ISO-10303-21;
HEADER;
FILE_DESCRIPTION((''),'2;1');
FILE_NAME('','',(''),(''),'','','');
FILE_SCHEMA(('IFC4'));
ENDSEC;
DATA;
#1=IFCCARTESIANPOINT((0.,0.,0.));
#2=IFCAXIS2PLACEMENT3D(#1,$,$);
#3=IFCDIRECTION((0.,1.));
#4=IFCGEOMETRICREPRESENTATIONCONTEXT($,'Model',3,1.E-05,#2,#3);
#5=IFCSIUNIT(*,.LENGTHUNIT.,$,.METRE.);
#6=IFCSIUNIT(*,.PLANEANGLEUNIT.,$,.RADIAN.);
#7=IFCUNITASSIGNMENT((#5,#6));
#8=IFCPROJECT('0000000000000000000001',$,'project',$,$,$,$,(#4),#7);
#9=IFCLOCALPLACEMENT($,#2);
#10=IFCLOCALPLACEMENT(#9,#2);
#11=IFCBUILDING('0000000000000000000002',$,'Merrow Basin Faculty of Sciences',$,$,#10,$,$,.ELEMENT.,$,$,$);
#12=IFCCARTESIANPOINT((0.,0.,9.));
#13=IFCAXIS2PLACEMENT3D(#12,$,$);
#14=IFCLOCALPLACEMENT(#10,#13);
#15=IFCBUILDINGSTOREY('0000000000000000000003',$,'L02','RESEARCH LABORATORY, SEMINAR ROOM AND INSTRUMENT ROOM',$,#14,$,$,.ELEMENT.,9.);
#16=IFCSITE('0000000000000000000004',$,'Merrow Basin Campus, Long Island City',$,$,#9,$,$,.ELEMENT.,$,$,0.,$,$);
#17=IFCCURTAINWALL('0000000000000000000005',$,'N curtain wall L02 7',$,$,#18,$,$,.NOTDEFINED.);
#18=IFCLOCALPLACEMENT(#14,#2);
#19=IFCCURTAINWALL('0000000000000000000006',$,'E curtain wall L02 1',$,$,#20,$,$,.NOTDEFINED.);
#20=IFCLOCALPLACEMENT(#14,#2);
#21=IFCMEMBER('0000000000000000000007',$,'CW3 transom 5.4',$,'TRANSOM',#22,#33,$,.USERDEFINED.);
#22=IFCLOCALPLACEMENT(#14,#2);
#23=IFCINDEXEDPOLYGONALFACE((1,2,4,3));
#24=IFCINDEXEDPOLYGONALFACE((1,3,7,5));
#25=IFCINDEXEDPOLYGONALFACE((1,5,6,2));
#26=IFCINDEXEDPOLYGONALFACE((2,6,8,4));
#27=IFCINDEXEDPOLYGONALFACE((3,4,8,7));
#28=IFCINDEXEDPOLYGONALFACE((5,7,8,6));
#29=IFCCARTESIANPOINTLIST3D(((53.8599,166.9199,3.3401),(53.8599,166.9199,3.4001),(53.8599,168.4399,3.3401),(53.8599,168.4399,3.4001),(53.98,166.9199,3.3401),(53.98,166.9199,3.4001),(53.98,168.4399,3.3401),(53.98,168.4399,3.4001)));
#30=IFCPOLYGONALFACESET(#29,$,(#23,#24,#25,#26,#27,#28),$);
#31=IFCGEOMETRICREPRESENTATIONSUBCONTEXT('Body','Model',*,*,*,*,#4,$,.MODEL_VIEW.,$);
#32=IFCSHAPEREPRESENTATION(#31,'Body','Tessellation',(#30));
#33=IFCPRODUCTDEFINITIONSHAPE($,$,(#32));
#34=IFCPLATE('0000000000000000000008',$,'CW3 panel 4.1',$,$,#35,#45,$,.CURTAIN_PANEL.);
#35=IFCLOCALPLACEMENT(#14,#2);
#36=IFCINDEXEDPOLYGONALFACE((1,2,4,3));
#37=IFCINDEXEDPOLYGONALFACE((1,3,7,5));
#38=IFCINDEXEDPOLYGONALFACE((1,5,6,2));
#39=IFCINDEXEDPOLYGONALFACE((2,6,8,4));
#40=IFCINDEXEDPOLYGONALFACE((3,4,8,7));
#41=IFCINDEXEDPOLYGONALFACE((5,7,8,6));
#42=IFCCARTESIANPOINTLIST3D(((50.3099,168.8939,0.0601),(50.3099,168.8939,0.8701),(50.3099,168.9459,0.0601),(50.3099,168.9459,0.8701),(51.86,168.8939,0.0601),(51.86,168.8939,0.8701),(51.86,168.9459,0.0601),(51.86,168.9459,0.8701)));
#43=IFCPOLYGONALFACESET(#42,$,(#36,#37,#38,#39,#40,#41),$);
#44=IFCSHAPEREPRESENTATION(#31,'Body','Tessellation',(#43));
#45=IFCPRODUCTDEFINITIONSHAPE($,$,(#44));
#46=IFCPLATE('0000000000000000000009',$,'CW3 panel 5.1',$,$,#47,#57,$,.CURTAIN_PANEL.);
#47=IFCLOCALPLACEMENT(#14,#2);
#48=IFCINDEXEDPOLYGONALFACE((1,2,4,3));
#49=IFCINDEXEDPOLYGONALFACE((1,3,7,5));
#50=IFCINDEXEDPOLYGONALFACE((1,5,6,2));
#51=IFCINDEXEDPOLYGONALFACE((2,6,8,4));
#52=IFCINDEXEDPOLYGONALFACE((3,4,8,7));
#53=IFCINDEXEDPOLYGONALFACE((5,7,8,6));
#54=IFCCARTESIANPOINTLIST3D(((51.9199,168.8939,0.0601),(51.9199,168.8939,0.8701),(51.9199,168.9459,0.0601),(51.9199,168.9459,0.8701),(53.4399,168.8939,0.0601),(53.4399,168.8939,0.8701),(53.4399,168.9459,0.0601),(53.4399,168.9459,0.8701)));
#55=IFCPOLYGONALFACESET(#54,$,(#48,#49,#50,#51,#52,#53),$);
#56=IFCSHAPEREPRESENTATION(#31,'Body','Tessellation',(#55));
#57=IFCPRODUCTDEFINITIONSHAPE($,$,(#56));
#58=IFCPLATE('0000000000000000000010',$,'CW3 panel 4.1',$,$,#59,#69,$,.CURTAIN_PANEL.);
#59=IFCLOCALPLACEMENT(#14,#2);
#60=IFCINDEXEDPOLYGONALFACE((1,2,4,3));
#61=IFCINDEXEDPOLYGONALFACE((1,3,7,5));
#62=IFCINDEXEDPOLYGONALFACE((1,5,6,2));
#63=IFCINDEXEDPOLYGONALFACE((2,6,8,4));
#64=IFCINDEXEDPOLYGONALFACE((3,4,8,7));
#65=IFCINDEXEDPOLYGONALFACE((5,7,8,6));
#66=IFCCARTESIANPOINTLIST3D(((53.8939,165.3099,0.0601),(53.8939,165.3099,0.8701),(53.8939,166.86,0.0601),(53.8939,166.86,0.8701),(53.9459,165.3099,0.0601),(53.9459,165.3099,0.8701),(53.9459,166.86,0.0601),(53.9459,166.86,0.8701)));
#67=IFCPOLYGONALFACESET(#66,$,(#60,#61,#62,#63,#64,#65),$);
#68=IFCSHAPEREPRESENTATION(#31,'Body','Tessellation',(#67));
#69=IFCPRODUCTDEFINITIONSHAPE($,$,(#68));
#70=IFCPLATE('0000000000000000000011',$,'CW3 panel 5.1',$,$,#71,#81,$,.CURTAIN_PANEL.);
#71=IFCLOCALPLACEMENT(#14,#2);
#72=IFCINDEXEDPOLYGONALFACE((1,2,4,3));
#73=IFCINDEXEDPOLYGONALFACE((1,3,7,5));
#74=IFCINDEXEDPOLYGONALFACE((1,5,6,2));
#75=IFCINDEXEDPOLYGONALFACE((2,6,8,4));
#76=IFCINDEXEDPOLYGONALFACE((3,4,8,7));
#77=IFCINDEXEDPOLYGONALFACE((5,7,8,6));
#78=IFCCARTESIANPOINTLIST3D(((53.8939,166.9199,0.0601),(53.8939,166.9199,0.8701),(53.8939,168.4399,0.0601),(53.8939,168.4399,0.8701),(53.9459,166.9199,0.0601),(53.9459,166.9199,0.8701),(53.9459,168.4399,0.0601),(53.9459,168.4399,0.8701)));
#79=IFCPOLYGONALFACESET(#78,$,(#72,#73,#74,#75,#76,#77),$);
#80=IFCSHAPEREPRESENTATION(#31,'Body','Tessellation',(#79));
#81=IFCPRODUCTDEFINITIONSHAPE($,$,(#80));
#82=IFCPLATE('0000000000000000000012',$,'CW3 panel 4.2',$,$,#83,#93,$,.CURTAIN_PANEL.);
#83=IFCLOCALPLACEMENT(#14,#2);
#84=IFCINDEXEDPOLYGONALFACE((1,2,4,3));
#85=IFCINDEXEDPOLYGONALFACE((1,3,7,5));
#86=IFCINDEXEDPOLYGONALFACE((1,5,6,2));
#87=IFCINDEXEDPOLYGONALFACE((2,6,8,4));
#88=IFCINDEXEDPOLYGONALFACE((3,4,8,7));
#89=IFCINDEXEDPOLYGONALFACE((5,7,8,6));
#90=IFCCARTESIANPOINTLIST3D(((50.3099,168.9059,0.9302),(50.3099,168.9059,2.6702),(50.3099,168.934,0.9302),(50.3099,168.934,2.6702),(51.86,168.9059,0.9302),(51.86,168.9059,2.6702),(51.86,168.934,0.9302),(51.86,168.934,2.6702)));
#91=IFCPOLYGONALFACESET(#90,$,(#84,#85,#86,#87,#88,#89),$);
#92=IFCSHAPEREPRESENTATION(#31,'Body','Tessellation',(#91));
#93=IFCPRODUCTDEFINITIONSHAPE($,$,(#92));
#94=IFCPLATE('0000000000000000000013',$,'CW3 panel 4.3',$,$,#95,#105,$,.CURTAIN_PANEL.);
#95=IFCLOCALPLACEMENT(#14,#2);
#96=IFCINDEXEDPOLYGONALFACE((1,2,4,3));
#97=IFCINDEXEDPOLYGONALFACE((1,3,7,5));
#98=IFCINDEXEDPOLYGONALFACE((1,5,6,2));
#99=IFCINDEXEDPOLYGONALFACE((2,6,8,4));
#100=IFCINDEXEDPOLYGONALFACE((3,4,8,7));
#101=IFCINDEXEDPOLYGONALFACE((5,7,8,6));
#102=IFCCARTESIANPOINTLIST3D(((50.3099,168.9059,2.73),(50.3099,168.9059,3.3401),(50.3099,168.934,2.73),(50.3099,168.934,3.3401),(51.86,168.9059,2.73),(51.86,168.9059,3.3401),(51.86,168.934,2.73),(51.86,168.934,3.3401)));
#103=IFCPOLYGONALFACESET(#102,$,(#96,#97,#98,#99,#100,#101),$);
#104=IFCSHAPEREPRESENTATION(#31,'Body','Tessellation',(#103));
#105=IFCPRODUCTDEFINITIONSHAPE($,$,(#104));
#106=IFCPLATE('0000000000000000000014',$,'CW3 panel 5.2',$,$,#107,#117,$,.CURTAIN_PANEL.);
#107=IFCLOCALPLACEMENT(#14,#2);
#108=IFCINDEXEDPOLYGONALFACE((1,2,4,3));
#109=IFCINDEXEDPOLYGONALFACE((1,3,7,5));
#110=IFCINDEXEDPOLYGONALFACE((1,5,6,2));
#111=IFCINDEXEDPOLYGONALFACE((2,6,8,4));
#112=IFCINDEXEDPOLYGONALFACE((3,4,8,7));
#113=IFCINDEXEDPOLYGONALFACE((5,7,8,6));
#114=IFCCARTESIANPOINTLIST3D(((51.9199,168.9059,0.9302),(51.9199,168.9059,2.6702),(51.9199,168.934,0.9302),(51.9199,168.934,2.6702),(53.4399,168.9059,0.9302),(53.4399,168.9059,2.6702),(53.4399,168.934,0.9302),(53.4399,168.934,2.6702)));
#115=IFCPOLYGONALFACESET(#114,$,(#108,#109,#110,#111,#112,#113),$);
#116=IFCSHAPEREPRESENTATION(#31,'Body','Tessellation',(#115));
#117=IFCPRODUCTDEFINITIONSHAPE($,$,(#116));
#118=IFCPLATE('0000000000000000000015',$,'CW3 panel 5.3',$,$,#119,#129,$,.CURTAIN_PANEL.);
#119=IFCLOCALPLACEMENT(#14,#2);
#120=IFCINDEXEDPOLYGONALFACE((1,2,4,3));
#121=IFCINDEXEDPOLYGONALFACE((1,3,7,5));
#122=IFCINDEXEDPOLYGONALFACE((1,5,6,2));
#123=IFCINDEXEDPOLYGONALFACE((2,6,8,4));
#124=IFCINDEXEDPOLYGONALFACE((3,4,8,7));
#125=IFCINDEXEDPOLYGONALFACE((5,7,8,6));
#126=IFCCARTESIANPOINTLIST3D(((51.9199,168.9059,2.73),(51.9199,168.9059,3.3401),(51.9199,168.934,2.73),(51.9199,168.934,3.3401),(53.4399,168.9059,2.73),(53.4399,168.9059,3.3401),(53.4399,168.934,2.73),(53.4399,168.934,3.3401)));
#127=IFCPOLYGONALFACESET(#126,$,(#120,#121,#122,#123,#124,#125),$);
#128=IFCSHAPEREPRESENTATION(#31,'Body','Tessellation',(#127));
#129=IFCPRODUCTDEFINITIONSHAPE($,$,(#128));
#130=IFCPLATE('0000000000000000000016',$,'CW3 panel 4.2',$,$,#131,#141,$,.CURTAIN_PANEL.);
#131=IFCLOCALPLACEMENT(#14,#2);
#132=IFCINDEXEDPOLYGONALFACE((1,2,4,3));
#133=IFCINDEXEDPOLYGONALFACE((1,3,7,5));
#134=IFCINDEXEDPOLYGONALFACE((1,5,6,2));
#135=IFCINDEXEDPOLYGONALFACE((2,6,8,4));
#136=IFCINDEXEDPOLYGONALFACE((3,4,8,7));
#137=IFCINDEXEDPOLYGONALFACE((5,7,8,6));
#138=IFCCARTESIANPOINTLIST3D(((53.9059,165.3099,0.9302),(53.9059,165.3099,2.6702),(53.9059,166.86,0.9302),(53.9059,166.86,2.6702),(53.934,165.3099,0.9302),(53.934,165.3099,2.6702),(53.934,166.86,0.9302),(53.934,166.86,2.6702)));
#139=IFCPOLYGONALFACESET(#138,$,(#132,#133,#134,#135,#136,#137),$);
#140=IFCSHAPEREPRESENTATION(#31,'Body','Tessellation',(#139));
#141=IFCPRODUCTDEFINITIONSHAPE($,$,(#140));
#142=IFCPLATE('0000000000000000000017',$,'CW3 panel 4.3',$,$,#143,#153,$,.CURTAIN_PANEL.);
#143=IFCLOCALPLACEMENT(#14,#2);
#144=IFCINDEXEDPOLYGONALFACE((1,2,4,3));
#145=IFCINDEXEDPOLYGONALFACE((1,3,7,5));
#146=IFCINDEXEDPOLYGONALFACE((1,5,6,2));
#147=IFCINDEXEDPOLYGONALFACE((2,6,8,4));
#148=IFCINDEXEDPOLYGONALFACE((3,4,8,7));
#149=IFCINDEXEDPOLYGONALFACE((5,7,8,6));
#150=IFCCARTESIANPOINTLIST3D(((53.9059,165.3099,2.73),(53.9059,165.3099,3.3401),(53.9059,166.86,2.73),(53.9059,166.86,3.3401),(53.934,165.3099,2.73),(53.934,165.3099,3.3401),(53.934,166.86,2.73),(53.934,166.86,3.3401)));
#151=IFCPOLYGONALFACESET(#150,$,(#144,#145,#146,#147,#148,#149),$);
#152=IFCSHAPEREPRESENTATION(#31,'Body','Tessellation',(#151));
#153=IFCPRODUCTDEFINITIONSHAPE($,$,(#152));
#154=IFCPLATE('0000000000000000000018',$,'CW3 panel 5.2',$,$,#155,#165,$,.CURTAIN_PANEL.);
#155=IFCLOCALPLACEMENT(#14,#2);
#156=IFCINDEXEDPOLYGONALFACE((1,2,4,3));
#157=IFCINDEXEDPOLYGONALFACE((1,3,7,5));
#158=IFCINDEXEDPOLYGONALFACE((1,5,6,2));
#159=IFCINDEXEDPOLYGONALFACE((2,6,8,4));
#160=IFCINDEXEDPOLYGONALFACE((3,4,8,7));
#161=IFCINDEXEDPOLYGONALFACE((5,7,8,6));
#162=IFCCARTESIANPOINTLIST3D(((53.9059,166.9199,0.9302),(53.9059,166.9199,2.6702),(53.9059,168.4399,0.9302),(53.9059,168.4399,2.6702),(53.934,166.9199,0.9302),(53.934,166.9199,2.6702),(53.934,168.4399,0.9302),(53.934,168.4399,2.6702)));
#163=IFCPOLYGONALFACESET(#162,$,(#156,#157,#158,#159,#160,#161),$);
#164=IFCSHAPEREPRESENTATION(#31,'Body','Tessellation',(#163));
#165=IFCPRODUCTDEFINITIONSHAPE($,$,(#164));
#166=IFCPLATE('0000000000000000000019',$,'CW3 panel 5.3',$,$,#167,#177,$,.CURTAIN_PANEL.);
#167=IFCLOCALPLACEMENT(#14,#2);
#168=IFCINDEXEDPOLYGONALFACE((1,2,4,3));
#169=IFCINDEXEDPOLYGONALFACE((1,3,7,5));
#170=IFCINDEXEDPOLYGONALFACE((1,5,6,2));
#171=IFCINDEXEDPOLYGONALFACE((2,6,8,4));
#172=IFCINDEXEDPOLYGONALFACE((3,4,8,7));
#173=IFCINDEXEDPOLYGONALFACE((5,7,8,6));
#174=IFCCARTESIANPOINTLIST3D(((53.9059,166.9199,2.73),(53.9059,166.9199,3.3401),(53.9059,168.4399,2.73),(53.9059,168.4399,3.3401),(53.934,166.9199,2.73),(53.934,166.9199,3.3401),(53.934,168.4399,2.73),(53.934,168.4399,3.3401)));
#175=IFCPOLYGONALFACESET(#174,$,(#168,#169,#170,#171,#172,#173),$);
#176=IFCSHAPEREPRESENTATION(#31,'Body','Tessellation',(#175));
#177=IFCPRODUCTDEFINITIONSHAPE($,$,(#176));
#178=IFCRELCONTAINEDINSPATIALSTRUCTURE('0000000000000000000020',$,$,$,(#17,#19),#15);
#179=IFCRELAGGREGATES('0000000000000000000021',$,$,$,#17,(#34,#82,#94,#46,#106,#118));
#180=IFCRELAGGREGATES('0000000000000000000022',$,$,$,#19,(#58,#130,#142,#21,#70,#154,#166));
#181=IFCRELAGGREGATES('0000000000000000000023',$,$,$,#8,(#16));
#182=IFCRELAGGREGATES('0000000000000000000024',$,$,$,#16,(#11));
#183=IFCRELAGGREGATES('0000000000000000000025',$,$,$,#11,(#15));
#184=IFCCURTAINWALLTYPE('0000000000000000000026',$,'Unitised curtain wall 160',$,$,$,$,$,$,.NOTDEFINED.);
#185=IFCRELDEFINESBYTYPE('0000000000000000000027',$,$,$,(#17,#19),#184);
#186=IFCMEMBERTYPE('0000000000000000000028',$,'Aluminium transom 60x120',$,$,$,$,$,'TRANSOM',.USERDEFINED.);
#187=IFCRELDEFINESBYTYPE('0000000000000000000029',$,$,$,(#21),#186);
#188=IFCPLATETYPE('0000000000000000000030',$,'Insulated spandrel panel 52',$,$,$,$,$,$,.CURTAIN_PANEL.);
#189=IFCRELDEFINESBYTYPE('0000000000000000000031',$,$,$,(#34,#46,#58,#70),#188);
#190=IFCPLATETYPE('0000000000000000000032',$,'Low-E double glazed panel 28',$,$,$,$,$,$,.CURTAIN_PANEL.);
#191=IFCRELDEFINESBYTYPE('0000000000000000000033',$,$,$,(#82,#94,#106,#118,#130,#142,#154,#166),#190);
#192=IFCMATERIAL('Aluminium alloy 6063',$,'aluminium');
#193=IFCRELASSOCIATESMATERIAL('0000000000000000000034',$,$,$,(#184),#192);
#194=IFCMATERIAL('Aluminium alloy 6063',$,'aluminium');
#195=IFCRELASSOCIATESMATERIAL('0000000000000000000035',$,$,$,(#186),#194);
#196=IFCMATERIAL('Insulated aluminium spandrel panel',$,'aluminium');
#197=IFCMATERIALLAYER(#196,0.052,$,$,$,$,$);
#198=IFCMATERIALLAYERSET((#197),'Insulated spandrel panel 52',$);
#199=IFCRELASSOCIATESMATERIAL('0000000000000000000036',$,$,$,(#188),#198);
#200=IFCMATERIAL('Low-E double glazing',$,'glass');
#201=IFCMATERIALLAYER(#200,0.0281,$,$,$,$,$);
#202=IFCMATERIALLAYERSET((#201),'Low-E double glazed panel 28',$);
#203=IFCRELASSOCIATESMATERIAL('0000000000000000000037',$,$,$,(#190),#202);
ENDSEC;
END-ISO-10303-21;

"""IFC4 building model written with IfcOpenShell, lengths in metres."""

from ifc_helpers import new_model, si_unit, direction, frame, origin, origin_2d, place, context, subcontext, project, spatial, rectangle, extrude, material, layer, layer_set, material_profile, profile_set, type_object, element, aggregate, save


model = new_model("IFC4")

# Units and contexts
model_context = context("Model", 3, precision=1e-05, world=origin(), true_north=direction((0.0, 1.0)))
body_context = subcontext(model_context, "Body", "Model", "MODEL_VIEW")
ifc_project = project(units=[si_unit("LENGTHUNIT", "METRE"), si_unit("PLANEANGLEUNIT", "RADIAN")], contexts=[model_context])

# Site, building, storey
site_placement = place(None, origin())
site = spatial("IfcSite", under=ifc_project, at=site_placement, Name="Merrow Basin Campus, Long Island City", CompositionType="ELEMENT", RefElevation=0.0)
building_placement = place(site_placement, origin())
building = spatial("IfcBuilding", under=site, at=building_placement, Name="Merrow Basin Faculty of Sciences", CompositionType="ELEMENT")
storey_placement = place(building_placement, frame((0.0, 0.0, 9.0)))
storey = spatial("IfcBuildingStorey", under=building, at=storey_placement, Name="L02", Description="RESEARCH LABORATORY, SEMINAR ROOM AND INSTRUMENT ROOM", CompositionType="ELEMENT", Elevation=9.0)

# Curtain walls
ifc_material_1 = material(Name="Aluminium alloy 6063", Category="aluminium")
curtain_wall_type = type_object("IfcCurtainWallType", Name="Unitised curtain wall 160", PredefinedType="NOTDEFINED", material=ifc_material_1)
curtain_wall_1_placement = place(storey_placement, origin())
curtain_wall_1 = element("IfcCurtainWall", 1, at=curtain_wall_1_placement, inside=storey, type_object=curtain_wall_type, Name="N curtain wall L02 7", PredefinedType="NOTDEFINED")
curtain_wall_2_placement = place(storey_placement, origin())
curtain_wall_2 = element("IfcCurtainWall", 2, at=curtain_wall_2_placement, inside=storey, type_object=curtain_wall_type, Name="E curtain wall L02 1", PredefinedType="NOTDEFINED")

# Member
ifc_material_2 = material(Name="Aluminium alloy 6063", Category="aluminium")
ifc_material_profile_1 = material_profile(ifc_material_2, rectangle(XDim=0.1201, YDim=0.0601, at=origin_2d()))
ifc_profile_set_1 = profile_set([ifc_material_profile_1], Name="Aluminium alloy 6063")
member_type_1 = type_object("IfcMemberType", Name="Aluminium transom 60x120", ElementType="TRANSOM", PredefinedType="USERDEFINED", material=ifc_profile_set_1)
member_1_placement = place(storey_placement, frame((53.9199, 166.9199, 3.3701), z_axis=(0.0, 1.0, 0.0), x_axis=(-1.0, 0.0, 0.0)))
member_1 = element("IfcMember", 3, at=member_1_placement, type_object=member_type_1, Name="CW3 transom 5.4", ObjectType="TRANSOM", PredefinedType="USERDEFINED", context=body_context, shape_type="SweptSolid", body=[
    extrude(rectangle(XDim=0.1201, YDim=0.0601, at=origin_2d()), origin(), (0.0, 0.0, 1.0), 1.52),
])

# Plates
ifc_material_3 = material(Name="Insulated aluminium spandrel panel", Category="aluminium")
ifc_layer_1 = layer(ifc_material_3, 0.052)
ifc_layer_set_1 = layer_set([ifc_layer_1], Name="Insulated spandrel panel 52")
plate_type_1 = type_object("IfcPlateType", Name="Insulated spandrel panel 52", PredefinedType="CURTAIN_PANEL", material=ifc_layer_set_1)
plate_1_placement = place(storey_placement, frame((51.085, 168.9199, 0.0601), z_axis=(0.0, 0.0, 1.0), x_axis=(1.0, 0.0, 0.0)))
plate_1 = element("IfcPlate", 4, at=plate_1_placement, type_object=plate_type_1, Name="CW3 panel 4.1", PredefinedType="CURTAIN_PANEL", context=body_context, shape_type="SweptSolid", body=[
    extrude(rectangle(XDim=1.55, YDim=0.052, at=origin_2d()), origin(), (0.0, 0.0, 1.0), 0.8101),
])
plate_2_placement = place(storey_placement, frame((52.6799, 168.9199, 0.0601), z_axis=(0.0, 0.0, 1.0), x_axis=(1.0, 0.0, 0.0)))
plate_2 = element("IfcPlate", 5, at=plate_2_placement, type_object=plate_type_1, Name="CW3 panel 5.1", PredefinedType="CURTAIN_PANEL", context=body_context, shape_type="SweptSolid", body=[
    extrude(rectangle(XDim=1.52, YDim=0.052, at=origin_2d()), origin(), (0.0, 0.0, 1.0), 0.8101),
])
plate_3_placement = place(storey_placement, frame((53.9199, 166.085, 0.0601), z_axis=(0.0, 0.0, 1.0), x_axis=(0.0, 1.0, 0.0)))
plate_3 = element("IfcPlate", 6, at=plate_3_placement, type_object=plate_type_1, Name="CW3 panel 4.1", PredefinedType="CURTAIN_PANEL", context=body_context, shape_type="SweptSolid", body=[
    extrude(rectangle(XDim=1.55, YDim=0.052, at=origin_2d()), origin(), (0.0, 0.0, 1.0), 0.8101),
])
plate_4_placement = place(storey_placement, frame((53.9199, 167.6799, 0.0601), z_axis=(0.0, 0.0, 1.0), x_axis=(0.0, 1.0, 0.0)))
plate_4 = element("IfcPlate", 7, at=plate_4_placement, type_object=plate_type_1, Name="CW3 panel 5.1", PredefinedType="CURTAIN_PANEL", context=body_context, shape_type="SweptSolid", body=[
    extrude(rectangle(XDim=1.52, YDim=0.052, at=origin_2d()), origin(), (0.0, 0.0, 1.0), 0.8101),
])
ifc_material_4 = material(Name="Low-E double glazing", Category="glass")
ifc_layer_2 = layer(ifc_material_4, 0.0281)
ifc_layer_set_2 = layer_set([ifc_layer_2], Name="Low-E double glazed panel 28")
plate_type_2 = type_object("IfcPlateType", Name="Low-E double glazed panel 28", PredefinedType="CURTAIN_PANEL", material=ifc_layer_set_2)
plate_5_placement = place(storey_placement, frame((51.085, 168.9199, 0.9302), z_axis=(0.0, 0.0, 1.0), x_axis=(1.0, 0.0, 0.0)))
plate_5 = element("IfcPlate", 8, at=plate_5_placement, type_object=plate_type_2, Name="CW3 panel 4.2", PredefinedType="CURTAIN_PANEL", context=body_context, shape_type="SweptSolid", body=[
    extrude(rectangle(XDim=1.55, YDim=0.0281, at=origin_2d()), origin(), (0.0, 0.0, 1.0), 1.74),
])
plate_6_placement = place(storey_placement, frame((51.085, 168.9199, 2.73), z_axis=(0.0, 0.0, 1.0), x_axis=(1.0, 0.0, 0.0)))
plate_6 = element("IfcPlate", 9, at=plate_6_placement, type_object=plate_type_2, Name="CW3 panel 4.3", PredefinedType="CURTAIN_PANEL", context=body_context, shape_type="SweptSolid", body=[
    extrude(rectangle(XDim=1.55, YDim=0.0281, at=origin_2d()), origin(), (0.0, 0.0, 1.0), 0.6101),
])
plate_7_placement = place(storey_placement, frame((52.6799, 168.9199, 0.9302), z_axis=(0.0, 0.0, 1.0), x_axis=(1.0, 0.0, 0.0)))
plate_7 = element("IfcPlate", 10, at=plate_7_placement, type_object=plate_type_2, Name="CW3 panel 5.2", PredefinedType="CURTAIN_PANEL", context=body_context, shape_type="SweptSolid", body=[
    extrude(rectangle(XDim=1.52, YDim=0.0281, at=origin_2d()), origin(), (0.0, 0.0, 1.0), 1.74),
])
plate_8_placement = place(storey_placement, frame((52.6799, 168.9199, 2.73), z_axis=(0.0, 0.0, 1.0), x_axis=(1.0, 0.0, 0.0)))
plate_8 = element("IfcPlate", 11, at=plate_8_placement, type_object=plate_type_2, Name="CW3 panel 5.3", PredefinedType="CURTAIN_PANEL", context=body_context, shape_type="SweptSolid", body=[
    extrude(rectangle(XDim=1.52, YDim=0.0281, at=origin_2d()), origin(), (0.0, 0.0, 1.0), 0.6101),
])
aggregate(curtain_wall_1, [plate_1, plate_5, plate_6, plate_2, plate_7, plate_8])
plate_9_placement = place(storey_placement, frame((53.9199, 166.085, 0.9302), z_axis=(0.0, 0.0, 1.0), x_axis=(0.0, 1.0, 0.0)))
plate_9 = element("IfcPlate", 12, at=plate_9_placement, type_object=plate_type_2, Name="CW3 panel 4.2", PredefinedType="CURTAIN_PANEL", context=body_context, shape_type="SweptSolid", body=[
    extrude(rectangle(XDim=1.55, YDim=0.0281, at=origin_2d()), origin(), (0.0, 0.0, 1.0), 1.74),
])
plate_10_placement = place(storey_placement, frame((53.9199, 166.085, 2.73), z_axis=(0.0, 0.0, 1.0), x_axis=(0.0, 1.0, 0.0)))
plate_10 = element("IfcPlate", 13, at=plate_10_placement, type_object=plate_type_2, Name="CW3 panel 4.3", PredefinedType="CURTAIN_PANEL", context=body_context, shape_type="SweptSolid", body=[
    extrude(rectangle(XDim=1.55, YDim=0.0281, at=origin_2d()), origin(), (0.0, 0.0, 1.0), 0.6101),
])
plate_11_placement = place(storey_placement, frame((53.9199, 167.6799, 0.9302), z_axis=(0.0, 0.0, 1.0), x_axis=(0.0, 1.0, 0.0)))
plate_11 = element("IfcPlate", 14, at=plate_11_placement, type_object=plate_type_2, Name="CW3 panel 5.2", PredefinedType="CURTAIN_PANEL", context=body_context, shape_type="SweptSolid", body=[
    extrude(rectangle(XDim=1.52, YDim=0.0281, at=origin_2d()), origin(), (0.0, 0.0, 1.0), 1.74),
])
plate_12_placement = place(storey_placement, frame((53.9199, 167.6799, 2.73), z_axis=(0.0, 0.0, 1.0), x_axis=(0.0, 1.0, 0.0)))
plate_12 = element("IfcPlate", 15, at=plate_12_placement, type_object=plate_type_2, Name="CW3 panel 5.3", PredefinedType="CURTAIN_PANEL", context=body_context, shape_type="SweptSolid", body=[
    extrude(rectangle(XDim=1.52, YDim=0.0281, at=origin_2d()), origin(), (0.0, 0.0, 1.0), 0.6101),
])
aggregate(curtain_wall_2, [plate_3, plate_9, plate_10, member_1, plate_4, plate_11, plate_12])

save(model, "model.ifc")
